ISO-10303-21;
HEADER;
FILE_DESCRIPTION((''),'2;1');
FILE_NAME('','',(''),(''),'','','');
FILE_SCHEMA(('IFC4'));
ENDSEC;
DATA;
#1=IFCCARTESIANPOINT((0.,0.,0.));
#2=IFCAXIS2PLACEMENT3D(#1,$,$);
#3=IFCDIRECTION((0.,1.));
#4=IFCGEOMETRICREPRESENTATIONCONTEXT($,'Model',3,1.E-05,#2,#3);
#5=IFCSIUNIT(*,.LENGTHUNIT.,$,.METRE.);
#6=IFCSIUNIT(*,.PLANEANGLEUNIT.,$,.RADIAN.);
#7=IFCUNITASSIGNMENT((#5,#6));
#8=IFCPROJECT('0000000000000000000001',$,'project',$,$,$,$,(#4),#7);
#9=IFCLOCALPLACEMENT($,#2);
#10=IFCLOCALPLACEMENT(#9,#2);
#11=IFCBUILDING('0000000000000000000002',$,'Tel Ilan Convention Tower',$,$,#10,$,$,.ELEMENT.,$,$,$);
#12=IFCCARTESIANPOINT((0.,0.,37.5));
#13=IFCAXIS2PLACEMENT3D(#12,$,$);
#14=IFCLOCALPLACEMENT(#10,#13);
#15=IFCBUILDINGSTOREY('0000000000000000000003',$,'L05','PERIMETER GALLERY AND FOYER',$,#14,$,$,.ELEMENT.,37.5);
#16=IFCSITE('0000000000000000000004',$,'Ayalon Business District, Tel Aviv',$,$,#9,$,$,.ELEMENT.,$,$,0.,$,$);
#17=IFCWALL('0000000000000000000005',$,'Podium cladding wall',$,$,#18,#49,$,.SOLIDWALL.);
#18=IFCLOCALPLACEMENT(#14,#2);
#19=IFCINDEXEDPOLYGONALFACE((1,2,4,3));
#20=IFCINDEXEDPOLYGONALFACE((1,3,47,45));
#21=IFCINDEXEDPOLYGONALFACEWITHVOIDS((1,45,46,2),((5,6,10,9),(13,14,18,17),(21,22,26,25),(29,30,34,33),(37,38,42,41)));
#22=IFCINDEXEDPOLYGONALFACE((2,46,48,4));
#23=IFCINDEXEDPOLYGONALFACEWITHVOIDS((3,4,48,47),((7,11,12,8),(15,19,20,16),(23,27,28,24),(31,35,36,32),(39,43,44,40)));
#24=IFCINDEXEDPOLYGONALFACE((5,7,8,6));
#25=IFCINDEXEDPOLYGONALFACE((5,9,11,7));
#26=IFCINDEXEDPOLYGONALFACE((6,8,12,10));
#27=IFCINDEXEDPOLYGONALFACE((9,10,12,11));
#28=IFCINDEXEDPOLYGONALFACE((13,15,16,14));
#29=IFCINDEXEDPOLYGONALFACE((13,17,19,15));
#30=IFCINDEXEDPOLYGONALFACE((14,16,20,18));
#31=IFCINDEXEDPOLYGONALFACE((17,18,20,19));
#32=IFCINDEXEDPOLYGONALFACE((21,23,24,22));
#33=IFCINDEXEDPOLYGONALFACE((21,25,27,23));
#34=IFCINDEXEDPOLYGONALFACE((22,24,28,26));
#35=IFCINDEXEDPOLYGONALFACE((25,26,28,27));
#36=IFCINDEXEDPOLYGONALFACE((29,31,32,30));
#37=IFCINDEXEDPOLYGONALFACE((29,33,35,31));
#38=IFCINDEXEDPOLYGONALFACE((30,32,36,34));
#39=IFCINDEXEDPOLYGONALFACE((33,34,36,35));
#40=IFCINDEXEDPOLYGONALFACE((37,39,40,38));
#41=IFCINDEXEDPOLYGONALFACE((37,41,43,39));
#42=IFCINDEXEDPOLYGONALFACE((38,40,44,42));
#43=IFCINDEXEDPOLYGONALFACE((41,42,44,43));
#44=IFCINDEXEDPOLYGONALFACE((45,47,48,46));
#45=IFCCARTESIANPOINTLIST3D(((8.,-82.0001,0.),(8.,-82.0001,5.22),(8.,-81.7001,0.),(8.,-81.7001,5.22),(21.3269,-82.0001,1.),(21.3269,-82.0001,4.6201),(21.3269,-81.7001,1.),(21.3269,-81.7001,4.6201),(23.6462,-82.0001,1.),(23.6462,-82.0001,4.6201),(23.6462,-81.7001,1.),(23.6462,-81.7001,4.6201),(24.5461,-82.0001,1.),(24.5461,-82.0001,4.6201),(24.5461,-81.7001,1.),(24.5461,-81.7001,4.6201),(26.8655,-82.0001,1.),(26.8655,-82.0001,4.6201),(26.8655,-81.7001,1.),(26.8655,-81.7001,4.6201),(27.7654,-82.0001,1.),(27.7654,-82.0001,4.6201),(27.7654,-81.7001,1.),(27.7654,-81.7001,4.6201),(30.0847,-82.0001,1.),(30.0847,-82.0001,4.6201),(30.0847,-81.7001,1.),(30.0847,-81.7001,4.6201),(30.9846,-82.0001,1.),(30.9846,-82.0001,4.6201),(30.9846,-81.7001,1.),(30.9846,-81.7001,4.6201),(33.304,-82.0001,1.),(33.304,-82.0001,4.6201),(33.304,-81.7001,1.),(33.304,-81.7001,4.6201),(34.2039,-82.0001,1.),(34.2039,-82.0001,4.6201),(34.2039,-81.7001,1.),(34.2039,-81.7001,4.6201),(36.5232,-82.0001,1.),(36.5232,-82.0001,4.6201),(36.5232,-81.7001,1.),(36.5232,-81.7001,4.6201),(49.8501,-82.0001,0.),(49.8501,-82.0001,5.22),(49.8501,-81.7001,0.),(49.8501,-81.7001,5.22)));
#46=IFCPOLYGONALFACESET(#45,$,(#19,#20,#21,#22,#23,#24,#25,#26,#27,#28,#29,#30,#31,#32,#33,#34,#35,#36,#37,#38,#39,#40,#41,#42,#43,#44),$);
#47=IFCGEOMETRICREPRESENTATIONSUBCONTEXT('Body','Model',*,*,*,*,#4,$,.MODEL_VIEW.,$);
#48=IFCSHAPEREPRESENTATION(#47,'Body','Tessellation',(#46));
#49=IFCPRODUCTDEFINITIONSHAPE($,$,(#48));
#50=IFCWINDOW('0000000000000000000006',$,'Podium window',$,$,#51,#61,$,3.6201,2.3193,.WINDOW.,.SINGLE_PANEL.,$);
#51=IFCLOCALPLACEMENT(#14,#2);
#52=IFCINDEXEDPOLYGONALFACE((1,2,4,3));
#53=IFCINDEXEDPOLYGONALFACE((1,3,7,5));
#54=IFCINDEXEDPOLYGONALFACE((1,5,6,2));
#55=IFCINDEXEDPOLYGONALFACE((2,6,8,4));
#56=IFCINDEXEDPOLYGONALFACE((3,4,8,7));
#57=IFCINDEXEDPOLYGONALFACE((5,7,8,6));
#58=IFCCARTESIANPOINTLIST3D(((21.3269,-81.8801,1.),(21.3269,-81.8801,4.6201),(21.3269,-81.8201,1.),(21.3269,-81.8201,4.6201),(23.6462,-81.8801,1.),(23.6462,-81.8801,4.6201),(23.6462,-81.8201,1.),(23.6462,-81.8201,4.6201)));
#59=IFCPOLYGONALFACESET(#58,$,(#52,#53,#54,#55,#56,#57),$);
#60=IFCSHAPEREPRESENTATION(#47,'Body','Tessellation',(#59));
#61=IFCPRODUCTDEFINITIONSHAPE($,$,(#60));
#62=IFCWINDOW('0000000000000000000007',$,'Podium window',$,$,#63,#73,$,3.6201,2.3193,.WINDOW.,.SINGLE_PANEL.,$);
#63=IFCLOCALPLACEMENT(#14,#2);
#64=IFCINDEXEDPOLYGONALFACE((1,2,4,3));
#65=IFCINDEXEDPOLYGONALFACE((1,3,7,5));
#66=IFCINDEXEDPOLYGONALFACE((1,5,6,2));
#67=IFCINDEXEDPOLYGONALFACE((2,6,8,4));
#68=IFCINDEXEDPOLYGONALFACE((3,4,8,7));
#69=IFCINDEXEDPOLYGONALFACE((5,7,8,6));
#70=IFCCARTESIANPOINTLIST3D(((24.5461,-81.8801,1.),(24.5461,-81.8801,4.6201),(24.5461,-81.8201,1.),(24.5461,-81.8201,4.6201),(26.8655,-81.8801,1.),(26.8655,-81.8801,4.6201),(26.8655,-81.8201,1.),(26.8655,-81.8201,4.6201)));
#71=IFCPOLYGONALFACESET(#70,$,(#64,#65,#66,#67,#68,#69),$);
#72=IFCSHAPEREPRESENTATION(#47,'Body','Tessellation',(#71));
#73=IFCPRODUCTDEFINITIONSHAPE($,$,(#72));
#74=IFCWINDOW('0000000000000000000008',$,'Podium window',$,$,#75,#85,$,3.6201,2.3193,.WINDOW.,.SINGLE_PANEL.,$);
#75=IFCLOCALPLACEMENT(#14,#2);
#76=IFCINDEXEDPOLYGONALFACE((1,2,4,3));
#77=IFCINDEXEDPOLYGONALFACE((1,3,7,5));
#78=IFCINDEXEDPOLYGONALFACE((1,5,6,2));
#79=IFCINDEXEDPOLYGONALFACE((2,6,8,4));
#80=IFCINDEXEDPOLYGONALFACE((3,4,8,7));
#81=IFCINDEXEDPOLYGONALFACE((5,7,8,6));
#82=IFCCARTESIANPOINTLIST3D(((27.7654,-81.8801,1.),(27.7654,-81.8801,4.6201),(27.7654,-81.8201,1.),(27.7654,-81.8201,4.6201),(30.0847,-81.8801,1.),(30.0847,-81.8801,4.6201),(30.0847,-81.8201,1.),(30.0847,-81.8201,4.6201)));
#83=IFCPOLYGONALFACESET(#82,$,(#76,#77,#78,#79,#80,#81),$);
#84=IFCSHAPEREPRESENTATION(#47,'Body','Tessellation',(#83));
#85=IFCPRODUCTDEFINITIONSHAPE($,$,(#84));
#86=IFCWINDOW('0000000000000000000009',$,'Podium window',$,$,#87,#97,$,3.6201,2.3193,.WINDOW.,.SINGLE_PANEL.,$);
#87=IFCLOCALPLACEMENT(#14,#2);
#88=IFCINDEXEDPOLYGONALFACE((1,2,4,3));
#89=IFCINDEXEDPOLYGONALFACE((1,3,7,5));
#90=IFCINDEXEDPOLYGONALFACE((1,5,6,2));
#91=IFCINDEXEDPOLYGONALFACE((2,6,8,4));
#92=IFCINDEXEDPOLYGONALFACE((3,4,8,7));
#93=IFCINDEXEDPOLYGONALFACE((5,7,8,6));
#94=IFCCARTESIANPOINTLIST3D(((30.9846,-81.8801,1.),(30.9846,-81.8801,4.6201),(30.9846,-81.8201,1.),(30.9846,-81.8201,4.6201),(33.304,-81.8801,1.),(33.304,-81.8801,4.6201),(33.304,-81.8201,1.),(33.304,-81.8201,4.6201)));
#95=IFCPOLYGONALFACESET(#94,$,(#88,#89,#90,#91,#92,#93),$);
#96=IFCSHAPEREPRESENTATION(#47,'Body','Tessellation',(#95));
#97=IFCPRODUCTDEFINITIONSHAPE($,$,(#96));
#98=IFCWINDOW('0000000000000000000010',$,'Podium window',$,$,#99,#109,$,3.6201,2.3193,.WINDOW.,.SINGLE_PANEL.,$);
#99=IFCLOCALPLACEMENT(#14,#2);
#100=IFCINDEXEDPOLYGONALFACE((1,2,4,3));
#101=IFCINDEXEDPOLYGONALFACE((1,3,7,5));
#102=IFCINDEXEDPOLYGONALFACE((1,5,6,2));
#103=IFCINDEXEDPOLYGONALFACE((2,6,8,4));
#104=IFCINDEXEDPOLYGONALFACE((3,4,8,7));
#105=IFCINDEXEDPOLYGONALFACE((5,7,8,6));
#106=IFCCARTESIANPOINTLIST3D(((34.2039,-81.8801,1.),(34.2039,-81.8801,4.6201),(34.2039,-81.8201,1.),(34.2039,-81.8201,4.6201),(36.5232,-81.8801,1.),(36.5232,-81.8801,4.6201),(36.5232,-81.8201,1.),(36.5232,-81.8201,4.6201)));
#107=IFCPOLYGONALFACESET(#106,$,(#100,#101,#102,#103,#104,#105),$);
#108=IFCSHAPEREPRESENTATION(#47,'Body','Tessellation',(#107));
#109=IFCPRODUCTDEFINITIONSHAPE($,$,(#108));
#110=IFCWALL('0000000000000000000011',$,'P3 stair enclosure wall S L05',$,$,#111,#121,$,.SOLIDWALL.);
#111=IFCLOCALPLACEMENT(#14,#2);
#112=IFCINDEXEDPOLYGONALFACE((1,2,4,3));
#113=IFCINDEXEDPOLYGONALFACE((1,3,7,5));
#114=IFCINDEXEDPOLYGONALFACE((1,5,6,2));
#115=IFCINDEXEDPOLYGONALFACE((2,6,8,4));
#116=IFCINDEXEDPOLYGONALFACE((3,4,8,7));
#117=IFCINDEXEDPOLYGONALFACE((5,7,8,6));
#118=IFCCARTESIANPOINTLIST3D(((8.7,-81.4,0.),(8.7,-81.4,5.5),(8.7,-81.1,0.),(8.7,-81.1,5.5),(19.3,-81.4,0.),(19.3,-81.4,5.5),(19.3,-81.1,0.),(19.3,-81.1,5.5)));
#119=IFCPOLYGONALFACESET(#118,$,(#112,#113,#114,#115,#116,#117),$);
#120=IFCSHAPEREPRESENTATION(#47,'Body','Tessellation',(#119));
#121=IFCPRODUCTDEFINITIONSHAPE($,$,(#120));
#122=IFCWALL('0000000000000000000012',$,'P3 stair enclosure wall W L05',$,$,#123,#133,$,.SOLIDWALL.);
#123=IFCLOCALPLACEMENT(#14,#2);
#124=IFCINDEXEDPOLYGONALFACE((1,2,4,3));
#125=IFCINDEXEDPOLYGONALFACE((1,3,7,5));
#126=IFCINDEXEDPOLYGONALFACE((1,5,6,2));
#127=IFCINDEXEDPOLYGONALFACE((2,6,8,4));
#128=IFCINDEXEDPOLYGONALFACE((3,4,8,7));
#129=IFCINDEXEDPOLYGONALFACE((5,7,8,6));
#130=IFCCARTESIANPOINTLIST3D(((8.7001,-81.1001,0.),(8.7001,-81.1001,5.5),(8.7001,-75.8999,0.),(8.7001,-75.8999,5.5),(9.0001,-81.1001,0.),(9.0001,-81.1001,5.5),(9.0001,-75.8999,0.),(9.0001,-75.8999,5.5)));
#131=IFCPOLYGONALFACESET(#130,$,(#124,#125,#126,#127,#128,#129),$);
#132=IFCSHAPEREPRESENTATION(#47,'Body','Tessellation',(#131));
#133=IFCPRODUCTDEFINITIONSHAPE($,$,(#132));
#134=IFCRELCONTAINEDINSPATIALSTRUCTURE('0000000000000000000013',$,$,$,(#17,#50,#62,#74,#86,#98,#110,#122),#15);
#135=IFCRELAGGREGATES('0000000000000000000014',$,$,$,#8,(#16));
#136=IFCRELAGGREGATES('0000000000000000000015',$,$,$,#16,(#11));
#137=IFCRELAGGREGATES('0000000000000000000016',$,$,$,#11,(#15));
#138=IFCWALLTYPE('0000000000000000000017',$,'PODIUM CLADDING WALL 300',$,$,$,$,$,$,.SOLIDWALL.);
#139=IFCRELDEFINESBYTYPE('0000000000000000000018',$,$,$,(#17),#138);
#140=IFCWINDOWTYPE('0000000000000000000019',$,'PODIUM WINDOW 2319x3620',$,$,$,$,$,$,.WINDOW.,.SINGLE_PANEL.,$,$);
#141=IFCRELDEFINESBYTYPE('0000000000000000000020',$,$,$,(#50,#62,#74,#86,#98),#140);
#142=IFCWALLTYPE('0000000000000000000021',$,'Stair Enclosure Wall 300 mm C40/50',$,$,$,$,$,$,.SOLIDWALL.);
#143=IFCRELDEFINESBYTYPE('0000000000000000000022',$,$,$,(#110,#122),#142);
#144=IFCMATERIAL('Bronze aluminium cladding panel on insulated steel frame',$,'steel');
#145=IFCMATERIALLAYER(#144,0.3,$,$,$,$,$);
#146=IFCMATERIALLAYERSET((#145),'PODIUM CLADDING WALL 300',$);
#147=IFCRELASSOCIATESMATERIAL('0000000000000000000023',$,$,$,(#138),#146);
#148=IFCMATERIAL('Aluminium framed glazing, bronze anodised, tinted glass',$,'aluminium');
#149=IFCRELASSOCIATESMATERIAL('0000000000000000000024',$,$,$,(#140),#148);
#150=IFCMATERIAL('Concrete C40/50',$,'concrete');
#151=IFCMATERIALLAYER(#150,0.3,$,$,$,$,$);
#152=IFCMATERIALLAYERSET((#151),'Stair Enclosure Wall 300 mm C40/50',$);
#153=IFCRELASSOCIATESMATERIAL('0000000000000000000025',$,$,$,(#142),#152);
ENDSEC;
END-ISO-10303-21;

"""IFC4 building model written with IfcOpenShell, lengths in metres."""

from ifc_helpers import new_model, si_unit, direction, frame, frame_2d, origin, place, context, subcontext, project, spatial, rectangle, extrude, material, layer, layer_set, type_object, element, fill, save


model = new_model("IFC4")

# Units and contexts
model_context = context("Model", 3, precision=1e-05, world=origin(), true_north=direction((0.0, 1.0)))
body_context = subcontext(model_context, "Body", "Model", "MODEL_VIEW")
ifc_project = project(units=[si_unit("LENGTHUNIT", "METRE"), si_unit("PLANEANGLEUNIT", "RADIAN")], contexts=[model_context])

# Site, building, storey
site_placement = place(None, origin())
site = spatial("IfcSite", under=ifc_project, at=site_placement, Name="Ayalon Business District, Tel Aviv", CompositionType="ELEMENT", RefElevation=0.0)
building_placement = place(site_placement, origin())
building = spatial("IfcBuilding", under=site, at=building_placement, Name="Tel Ilan Convention Tower", CompositionType="ELEMENT")
storey_placement = place(building_placement, frame((0.0, 0.0, 37.5)))
storey = spatial("IfcBuildingStorey", under=building, at=storey_placement, Name="L05", Description="PERIMETER GALLERY AND FOYER", CompositionType="ELEMENT", Elevation=37.5)

# Wall, openings, windows
ifc_material_1 = material(Name="Bronze aluminium cladding panel on insulated steel frame", Category="steel")
ifc_layer_1 = layer(ifc_material_1, 0.3)
ifc_layer_set_1 = layer_set([ifc_layer_1], Name="PODIUM CLADDING WALL 300")
wall_type_1 = type_object("IfcWallType", Name="PODIUM CLADDING WALL 300", PredefinedType="SOLIDWALL", material=ifc_layer_set_1)
wall_1_placement = place(storey_placement, frame((8.0, -81.8501, 0.0), z_axis=(0.0, 0.0, 1.0), x_axis=(1.0, 0.0, 0.0)))
wall_1 = element("IfcWall", 1, at=wall_1_placement, inside=storey, type_object=wall_type_1, Name="Podium cladding wall", PredefinedType="SOLIDWALL", context=body_context, shape_type="SweptSolid", body=[
    extrude(rectangle(XDim=41.8501, YDim=0.3, at=frame_2d((20.925, 0.0))), origin(), (0.0, 0.0, 1.0), 5.22),
])
opening_1_placement = place(wall_1_placement, frame((13.3269, 0.0, 1.0)))
opening_1 = element("IfcOpeningElement", 2, at=opening_1_placement, cuts=wall_1, PredefinedType="OPENING", context=body_context, shape_type="SweptSolid", body=[
    extrude(rectangle(XDim=2.3193, YDim=3.6201, at=frame_2d((1.1597, 1.8101))), frame((0.0, 0.1599, 0.0), z_axis=(0.0, -1.0, 0.0), x_axis=(1.0, 0.0, 0.0)), (0.0, 0.0, 1.0), 0.3201),
])
opening_2_placement = place(wall_1_placement, frame((16.5461, 0.0, 1.0)))
opening_2 = element("IfcOpeningElement", 3, at=opening_2_placement, cuts=wall_1, PredefinedType="OPENING", context=body_context, shape_type="SweptSolid", body=[
    extrude(rectangle(XDim=2.3193, YDim=3.6201, at=frame_2d((1.1597, 1.8101))), frame((0.0, 0.1599, 0.0), z_axis=(0.0, -1.0, 0.0), x_axis=(1.0, 0.0, 0.0)), (0.0, 0.0, 1.0), 0.3201),
])
opening_3_placement = place(wall_1_placement, frame((19.7654, 0.0, 1.0)))
opening_3 = element("IfcOpeningElement", 4, at=opening_3_placement, cuts=wall_1, PredefinedType="OPENING", context=body_context, shape_type="SweptSolid", body=[
    extrude(rectangle(XDim=2.3193, YDim=3.6201, at=frame_2d((1.1597, 1.8101))), frame((0.0, 0.1599, 0.0), z_axis=(0.0, -1.0, 0.0), x_axis=(1.0, 0.0, 0.0)), (0.0, 0.0, 1.0), 0.3201),
])
opening_4_placement = place(wall_1_placement, frame((22.9846, 0.0, 1.0)))
opening_4 = element("IfcOpeningElement", 5, at=opening_4_placement, cuts=wall_1, PredefinedType="OPENING", context=body_context, shape_type="SweptSolid", body=[
    extrude(rectangle(XDim=2.3193, YDim=3.6201, at=frame_2d((1.1597, 1.8101))), frame((0.0, 0.1599, 0.0), z_axis=(0.0, -1.0, 0.0), x_axis=(1.0, 0.0, 0.0)), (0.0, 0.0, 1.0), 0.3201),
])
opening_5_placement = place(wall_1_placement, frame((26.2039, 0.0, 1.0)))
opening_5 = element("IfcOpeningElement", 6, at=opening_5_placement, cuts=wall_1, PredefinedType="OPENING", context=body_context, shape_type="SweptSolid", body=[
    extrude(rectangle(XDim=2.3193, YDim=3.6201, at=frame_2d((1.1597, 1.8101))), frame((0.0, 0.1599, 0.0), z_axis=(0.0, -1.0, 0.0), x_axis=(1.0, 0.0, 0.0)), (0.0, 0.0, 1.0), 0.3201),
])
ifc_material_2 = material(Name="Aluminium framed glazing, bronze anodised, tinted glass", Category="aluminium")
window_type = type_object("IfcWindowType", Name="PODIUM WINDOW 2319x3620", PartitioningType="SINGLE_PANEL", PredefinedType="WINDOW", material=ifc_material_2)
window_1_placement = place(opening_1_placement, origin())
window_1 = element("IfcWindow", 7, at=window_1_placement, inside=storey, type_object=window_type, Name="Podium window", OverallHeight=3.6201, OverallWidth=2.3193, PartitioningType="SINGLE_PANEL", PredefinedType="WINDOW", context=body_context, shape_type="SweptSolid", body=[
    extrude(rectangle(XDim=2.3193, YDim=3.6201, at=frame_2d((1.1597, 1.8101))), frame((0.0, 0.03, 0.0), z_axis=(0.0, -1.0, 0.0), x_axis=(1.0, 0.0, 0.0)), (0.0, 0.0, 1.0), 0.0601),
])
fill(opening_1, window_1)
window_2_placement = place(opening_2_placement, origin())
window_2 = element("IfcWindow", 8, at=window_2_placement, inside=storey, type_object=window_type, Name="Podium window", OverallHeight=3.6201, OverallWidth=2.3193, PartitioningType="SINGLE_PANEL", PredefinedType="WINDOW", context=body_context, shape_type="SweptSolid", body=[
    extrude(rectangle(XDim=2.3193, YDim=3.6201, at=frame_2d((1.1597, 1.8101))), frame((0.0, 0.03, 0.0), z_axis=(0.0, -1.0, 0.0), x_axis=(1.0, 0.0, 0.0)), (0.0, 0.0, 1.0), 0.0601),
])
fill(opening_2, window_2)
window_3_placement = place(opening_3_placement, origin())
window_3 = element("IfcWindow", 9, at=window_3_placement, inside=storey, type_object=window_type, Name="Podium window", OverallHeight=3.6201, OverallWidth=2.3193, PartitioningType="SINGLE_PANEL", PredefinedType="WINDOW", context=body_context, shape_type="SweptSolid", body=[
    extrude(rectangle(XDim=2.3193, YDim=3.6201, at=frame_2d((1.1597, 1.8101))), frame((0.0, 0.03, 0.0), z_axis=(0.0, -1.0, 0.0), x_axis=(1.0, 0.0, 0.0)), (0.0, 0.0, 1.0), 0.0601),
])
fill(opening_3, window_3)
window_4_placement = place(opening_4_placement, origin())
window_4 = element("IfcWindow", 10, at=window_4_placement, inside=storey, type_object=window_type, Name="Podium window", OverallHeight=3.6201, OverallWidth=2.3193, PartitioningType="SINGLE_PANEL", PredefinedType="WINDOW", context=body_context, shape_type="SweptSolid", body=[
    extrude(rectangle(XDim=2.3193, YDim=3.6201, at=frame_2d((1.1597, 1.8101))), frame((0.0, 0.03, 0.0), z_axis=(0.0, -1.0, 0.0), x_axis=(1.0, 0.0, 0.0)), (0.0, 0.0, 1.0), 0.0601),
])
fill(opening_4, window_4)
window_5_placement = place(opening_5_placement, origin())
window_5 = element("IfcWindow", 11, at=window_5_placement, inside=storey, type_object=window_type, Name="Podium window", OverallHeight=3.6201, OverallWidth=2.3193, PartitioningType="SINGLE_PANEL", PredefinedType="WINDOW", context=body_context, shape_type="SweptSolid", body=[
    extrude(rectangle(XDim=2.3193, YDim=3.6201, at=frame_2d((1.1597, 1.8101))), frame((0.0, 0.03, 0.0), z_axis=(0.0, -1.0, 0.0), x_axis=(1.0, 0.0, 0.0)), (0.0, 0.0, 1.0), 0.0601),
])
fill(opening_5, window_5)

# Walls
ifc_material_3 = material(Name="Concrete C40/50", Category="concrete")
ifc_layer_2 = layer(ifc_material_3, 0.3)
ifc_layer_set_2 = layer_set([ifc_layer_2], Name="Stair Enclosure Wall 300 mm C40/50")
wall_type_2 = type_object("IfcWallType", Name="Stair Enclosure Wall 300 mm C40/50", PredefinedType="SOLIDWALL", material=ifc_layer_set_2)
wall_2_placement = place(storey_placement, frame((8.7, -81.25, 0.0), z_axis=(0.0, 0.0, 1.0), x_axis=(1.0, 0.0, 0.0)))
element("IfcWall", 12, at=wall_2_placement, inside=storey, type_object=wall_type_2, Name="P3 stair enclosure wall S L05", PredefinedType="SOLIDWALL", context=body_context, shape_type="SweptSolid", body=[
    extrude(rectangle(XDim=10.6001, YDim=0.3, at=frame_2d((5.3, 0.0))), origin(), (0.0, 0.0, 1.0), 5.5),
])
wall_3_placement = place(storey_placement, frame((8.8501, -81.1001, 0.0), z_axis=(0.0, 0.0, 1.0), x_axis=(0.0, 1.0, 0.0)))
element("IfcWall", 13, at=wall_3_placement, inside=storey, type_object=wall_type_2, Name="P3 stair enclosure wall W L05", PredefinedType="SOLIDWALL", context=body_context, shape_type="SweptSolid", body=[
    extrude(rectangle(XDim=5.2002, YDim=0.3, at=frame_2d((2.6001, 0.0))), origin(), (0.0, 0.0, 1.0), 5.5),
])

save(model, "model.ifc")
